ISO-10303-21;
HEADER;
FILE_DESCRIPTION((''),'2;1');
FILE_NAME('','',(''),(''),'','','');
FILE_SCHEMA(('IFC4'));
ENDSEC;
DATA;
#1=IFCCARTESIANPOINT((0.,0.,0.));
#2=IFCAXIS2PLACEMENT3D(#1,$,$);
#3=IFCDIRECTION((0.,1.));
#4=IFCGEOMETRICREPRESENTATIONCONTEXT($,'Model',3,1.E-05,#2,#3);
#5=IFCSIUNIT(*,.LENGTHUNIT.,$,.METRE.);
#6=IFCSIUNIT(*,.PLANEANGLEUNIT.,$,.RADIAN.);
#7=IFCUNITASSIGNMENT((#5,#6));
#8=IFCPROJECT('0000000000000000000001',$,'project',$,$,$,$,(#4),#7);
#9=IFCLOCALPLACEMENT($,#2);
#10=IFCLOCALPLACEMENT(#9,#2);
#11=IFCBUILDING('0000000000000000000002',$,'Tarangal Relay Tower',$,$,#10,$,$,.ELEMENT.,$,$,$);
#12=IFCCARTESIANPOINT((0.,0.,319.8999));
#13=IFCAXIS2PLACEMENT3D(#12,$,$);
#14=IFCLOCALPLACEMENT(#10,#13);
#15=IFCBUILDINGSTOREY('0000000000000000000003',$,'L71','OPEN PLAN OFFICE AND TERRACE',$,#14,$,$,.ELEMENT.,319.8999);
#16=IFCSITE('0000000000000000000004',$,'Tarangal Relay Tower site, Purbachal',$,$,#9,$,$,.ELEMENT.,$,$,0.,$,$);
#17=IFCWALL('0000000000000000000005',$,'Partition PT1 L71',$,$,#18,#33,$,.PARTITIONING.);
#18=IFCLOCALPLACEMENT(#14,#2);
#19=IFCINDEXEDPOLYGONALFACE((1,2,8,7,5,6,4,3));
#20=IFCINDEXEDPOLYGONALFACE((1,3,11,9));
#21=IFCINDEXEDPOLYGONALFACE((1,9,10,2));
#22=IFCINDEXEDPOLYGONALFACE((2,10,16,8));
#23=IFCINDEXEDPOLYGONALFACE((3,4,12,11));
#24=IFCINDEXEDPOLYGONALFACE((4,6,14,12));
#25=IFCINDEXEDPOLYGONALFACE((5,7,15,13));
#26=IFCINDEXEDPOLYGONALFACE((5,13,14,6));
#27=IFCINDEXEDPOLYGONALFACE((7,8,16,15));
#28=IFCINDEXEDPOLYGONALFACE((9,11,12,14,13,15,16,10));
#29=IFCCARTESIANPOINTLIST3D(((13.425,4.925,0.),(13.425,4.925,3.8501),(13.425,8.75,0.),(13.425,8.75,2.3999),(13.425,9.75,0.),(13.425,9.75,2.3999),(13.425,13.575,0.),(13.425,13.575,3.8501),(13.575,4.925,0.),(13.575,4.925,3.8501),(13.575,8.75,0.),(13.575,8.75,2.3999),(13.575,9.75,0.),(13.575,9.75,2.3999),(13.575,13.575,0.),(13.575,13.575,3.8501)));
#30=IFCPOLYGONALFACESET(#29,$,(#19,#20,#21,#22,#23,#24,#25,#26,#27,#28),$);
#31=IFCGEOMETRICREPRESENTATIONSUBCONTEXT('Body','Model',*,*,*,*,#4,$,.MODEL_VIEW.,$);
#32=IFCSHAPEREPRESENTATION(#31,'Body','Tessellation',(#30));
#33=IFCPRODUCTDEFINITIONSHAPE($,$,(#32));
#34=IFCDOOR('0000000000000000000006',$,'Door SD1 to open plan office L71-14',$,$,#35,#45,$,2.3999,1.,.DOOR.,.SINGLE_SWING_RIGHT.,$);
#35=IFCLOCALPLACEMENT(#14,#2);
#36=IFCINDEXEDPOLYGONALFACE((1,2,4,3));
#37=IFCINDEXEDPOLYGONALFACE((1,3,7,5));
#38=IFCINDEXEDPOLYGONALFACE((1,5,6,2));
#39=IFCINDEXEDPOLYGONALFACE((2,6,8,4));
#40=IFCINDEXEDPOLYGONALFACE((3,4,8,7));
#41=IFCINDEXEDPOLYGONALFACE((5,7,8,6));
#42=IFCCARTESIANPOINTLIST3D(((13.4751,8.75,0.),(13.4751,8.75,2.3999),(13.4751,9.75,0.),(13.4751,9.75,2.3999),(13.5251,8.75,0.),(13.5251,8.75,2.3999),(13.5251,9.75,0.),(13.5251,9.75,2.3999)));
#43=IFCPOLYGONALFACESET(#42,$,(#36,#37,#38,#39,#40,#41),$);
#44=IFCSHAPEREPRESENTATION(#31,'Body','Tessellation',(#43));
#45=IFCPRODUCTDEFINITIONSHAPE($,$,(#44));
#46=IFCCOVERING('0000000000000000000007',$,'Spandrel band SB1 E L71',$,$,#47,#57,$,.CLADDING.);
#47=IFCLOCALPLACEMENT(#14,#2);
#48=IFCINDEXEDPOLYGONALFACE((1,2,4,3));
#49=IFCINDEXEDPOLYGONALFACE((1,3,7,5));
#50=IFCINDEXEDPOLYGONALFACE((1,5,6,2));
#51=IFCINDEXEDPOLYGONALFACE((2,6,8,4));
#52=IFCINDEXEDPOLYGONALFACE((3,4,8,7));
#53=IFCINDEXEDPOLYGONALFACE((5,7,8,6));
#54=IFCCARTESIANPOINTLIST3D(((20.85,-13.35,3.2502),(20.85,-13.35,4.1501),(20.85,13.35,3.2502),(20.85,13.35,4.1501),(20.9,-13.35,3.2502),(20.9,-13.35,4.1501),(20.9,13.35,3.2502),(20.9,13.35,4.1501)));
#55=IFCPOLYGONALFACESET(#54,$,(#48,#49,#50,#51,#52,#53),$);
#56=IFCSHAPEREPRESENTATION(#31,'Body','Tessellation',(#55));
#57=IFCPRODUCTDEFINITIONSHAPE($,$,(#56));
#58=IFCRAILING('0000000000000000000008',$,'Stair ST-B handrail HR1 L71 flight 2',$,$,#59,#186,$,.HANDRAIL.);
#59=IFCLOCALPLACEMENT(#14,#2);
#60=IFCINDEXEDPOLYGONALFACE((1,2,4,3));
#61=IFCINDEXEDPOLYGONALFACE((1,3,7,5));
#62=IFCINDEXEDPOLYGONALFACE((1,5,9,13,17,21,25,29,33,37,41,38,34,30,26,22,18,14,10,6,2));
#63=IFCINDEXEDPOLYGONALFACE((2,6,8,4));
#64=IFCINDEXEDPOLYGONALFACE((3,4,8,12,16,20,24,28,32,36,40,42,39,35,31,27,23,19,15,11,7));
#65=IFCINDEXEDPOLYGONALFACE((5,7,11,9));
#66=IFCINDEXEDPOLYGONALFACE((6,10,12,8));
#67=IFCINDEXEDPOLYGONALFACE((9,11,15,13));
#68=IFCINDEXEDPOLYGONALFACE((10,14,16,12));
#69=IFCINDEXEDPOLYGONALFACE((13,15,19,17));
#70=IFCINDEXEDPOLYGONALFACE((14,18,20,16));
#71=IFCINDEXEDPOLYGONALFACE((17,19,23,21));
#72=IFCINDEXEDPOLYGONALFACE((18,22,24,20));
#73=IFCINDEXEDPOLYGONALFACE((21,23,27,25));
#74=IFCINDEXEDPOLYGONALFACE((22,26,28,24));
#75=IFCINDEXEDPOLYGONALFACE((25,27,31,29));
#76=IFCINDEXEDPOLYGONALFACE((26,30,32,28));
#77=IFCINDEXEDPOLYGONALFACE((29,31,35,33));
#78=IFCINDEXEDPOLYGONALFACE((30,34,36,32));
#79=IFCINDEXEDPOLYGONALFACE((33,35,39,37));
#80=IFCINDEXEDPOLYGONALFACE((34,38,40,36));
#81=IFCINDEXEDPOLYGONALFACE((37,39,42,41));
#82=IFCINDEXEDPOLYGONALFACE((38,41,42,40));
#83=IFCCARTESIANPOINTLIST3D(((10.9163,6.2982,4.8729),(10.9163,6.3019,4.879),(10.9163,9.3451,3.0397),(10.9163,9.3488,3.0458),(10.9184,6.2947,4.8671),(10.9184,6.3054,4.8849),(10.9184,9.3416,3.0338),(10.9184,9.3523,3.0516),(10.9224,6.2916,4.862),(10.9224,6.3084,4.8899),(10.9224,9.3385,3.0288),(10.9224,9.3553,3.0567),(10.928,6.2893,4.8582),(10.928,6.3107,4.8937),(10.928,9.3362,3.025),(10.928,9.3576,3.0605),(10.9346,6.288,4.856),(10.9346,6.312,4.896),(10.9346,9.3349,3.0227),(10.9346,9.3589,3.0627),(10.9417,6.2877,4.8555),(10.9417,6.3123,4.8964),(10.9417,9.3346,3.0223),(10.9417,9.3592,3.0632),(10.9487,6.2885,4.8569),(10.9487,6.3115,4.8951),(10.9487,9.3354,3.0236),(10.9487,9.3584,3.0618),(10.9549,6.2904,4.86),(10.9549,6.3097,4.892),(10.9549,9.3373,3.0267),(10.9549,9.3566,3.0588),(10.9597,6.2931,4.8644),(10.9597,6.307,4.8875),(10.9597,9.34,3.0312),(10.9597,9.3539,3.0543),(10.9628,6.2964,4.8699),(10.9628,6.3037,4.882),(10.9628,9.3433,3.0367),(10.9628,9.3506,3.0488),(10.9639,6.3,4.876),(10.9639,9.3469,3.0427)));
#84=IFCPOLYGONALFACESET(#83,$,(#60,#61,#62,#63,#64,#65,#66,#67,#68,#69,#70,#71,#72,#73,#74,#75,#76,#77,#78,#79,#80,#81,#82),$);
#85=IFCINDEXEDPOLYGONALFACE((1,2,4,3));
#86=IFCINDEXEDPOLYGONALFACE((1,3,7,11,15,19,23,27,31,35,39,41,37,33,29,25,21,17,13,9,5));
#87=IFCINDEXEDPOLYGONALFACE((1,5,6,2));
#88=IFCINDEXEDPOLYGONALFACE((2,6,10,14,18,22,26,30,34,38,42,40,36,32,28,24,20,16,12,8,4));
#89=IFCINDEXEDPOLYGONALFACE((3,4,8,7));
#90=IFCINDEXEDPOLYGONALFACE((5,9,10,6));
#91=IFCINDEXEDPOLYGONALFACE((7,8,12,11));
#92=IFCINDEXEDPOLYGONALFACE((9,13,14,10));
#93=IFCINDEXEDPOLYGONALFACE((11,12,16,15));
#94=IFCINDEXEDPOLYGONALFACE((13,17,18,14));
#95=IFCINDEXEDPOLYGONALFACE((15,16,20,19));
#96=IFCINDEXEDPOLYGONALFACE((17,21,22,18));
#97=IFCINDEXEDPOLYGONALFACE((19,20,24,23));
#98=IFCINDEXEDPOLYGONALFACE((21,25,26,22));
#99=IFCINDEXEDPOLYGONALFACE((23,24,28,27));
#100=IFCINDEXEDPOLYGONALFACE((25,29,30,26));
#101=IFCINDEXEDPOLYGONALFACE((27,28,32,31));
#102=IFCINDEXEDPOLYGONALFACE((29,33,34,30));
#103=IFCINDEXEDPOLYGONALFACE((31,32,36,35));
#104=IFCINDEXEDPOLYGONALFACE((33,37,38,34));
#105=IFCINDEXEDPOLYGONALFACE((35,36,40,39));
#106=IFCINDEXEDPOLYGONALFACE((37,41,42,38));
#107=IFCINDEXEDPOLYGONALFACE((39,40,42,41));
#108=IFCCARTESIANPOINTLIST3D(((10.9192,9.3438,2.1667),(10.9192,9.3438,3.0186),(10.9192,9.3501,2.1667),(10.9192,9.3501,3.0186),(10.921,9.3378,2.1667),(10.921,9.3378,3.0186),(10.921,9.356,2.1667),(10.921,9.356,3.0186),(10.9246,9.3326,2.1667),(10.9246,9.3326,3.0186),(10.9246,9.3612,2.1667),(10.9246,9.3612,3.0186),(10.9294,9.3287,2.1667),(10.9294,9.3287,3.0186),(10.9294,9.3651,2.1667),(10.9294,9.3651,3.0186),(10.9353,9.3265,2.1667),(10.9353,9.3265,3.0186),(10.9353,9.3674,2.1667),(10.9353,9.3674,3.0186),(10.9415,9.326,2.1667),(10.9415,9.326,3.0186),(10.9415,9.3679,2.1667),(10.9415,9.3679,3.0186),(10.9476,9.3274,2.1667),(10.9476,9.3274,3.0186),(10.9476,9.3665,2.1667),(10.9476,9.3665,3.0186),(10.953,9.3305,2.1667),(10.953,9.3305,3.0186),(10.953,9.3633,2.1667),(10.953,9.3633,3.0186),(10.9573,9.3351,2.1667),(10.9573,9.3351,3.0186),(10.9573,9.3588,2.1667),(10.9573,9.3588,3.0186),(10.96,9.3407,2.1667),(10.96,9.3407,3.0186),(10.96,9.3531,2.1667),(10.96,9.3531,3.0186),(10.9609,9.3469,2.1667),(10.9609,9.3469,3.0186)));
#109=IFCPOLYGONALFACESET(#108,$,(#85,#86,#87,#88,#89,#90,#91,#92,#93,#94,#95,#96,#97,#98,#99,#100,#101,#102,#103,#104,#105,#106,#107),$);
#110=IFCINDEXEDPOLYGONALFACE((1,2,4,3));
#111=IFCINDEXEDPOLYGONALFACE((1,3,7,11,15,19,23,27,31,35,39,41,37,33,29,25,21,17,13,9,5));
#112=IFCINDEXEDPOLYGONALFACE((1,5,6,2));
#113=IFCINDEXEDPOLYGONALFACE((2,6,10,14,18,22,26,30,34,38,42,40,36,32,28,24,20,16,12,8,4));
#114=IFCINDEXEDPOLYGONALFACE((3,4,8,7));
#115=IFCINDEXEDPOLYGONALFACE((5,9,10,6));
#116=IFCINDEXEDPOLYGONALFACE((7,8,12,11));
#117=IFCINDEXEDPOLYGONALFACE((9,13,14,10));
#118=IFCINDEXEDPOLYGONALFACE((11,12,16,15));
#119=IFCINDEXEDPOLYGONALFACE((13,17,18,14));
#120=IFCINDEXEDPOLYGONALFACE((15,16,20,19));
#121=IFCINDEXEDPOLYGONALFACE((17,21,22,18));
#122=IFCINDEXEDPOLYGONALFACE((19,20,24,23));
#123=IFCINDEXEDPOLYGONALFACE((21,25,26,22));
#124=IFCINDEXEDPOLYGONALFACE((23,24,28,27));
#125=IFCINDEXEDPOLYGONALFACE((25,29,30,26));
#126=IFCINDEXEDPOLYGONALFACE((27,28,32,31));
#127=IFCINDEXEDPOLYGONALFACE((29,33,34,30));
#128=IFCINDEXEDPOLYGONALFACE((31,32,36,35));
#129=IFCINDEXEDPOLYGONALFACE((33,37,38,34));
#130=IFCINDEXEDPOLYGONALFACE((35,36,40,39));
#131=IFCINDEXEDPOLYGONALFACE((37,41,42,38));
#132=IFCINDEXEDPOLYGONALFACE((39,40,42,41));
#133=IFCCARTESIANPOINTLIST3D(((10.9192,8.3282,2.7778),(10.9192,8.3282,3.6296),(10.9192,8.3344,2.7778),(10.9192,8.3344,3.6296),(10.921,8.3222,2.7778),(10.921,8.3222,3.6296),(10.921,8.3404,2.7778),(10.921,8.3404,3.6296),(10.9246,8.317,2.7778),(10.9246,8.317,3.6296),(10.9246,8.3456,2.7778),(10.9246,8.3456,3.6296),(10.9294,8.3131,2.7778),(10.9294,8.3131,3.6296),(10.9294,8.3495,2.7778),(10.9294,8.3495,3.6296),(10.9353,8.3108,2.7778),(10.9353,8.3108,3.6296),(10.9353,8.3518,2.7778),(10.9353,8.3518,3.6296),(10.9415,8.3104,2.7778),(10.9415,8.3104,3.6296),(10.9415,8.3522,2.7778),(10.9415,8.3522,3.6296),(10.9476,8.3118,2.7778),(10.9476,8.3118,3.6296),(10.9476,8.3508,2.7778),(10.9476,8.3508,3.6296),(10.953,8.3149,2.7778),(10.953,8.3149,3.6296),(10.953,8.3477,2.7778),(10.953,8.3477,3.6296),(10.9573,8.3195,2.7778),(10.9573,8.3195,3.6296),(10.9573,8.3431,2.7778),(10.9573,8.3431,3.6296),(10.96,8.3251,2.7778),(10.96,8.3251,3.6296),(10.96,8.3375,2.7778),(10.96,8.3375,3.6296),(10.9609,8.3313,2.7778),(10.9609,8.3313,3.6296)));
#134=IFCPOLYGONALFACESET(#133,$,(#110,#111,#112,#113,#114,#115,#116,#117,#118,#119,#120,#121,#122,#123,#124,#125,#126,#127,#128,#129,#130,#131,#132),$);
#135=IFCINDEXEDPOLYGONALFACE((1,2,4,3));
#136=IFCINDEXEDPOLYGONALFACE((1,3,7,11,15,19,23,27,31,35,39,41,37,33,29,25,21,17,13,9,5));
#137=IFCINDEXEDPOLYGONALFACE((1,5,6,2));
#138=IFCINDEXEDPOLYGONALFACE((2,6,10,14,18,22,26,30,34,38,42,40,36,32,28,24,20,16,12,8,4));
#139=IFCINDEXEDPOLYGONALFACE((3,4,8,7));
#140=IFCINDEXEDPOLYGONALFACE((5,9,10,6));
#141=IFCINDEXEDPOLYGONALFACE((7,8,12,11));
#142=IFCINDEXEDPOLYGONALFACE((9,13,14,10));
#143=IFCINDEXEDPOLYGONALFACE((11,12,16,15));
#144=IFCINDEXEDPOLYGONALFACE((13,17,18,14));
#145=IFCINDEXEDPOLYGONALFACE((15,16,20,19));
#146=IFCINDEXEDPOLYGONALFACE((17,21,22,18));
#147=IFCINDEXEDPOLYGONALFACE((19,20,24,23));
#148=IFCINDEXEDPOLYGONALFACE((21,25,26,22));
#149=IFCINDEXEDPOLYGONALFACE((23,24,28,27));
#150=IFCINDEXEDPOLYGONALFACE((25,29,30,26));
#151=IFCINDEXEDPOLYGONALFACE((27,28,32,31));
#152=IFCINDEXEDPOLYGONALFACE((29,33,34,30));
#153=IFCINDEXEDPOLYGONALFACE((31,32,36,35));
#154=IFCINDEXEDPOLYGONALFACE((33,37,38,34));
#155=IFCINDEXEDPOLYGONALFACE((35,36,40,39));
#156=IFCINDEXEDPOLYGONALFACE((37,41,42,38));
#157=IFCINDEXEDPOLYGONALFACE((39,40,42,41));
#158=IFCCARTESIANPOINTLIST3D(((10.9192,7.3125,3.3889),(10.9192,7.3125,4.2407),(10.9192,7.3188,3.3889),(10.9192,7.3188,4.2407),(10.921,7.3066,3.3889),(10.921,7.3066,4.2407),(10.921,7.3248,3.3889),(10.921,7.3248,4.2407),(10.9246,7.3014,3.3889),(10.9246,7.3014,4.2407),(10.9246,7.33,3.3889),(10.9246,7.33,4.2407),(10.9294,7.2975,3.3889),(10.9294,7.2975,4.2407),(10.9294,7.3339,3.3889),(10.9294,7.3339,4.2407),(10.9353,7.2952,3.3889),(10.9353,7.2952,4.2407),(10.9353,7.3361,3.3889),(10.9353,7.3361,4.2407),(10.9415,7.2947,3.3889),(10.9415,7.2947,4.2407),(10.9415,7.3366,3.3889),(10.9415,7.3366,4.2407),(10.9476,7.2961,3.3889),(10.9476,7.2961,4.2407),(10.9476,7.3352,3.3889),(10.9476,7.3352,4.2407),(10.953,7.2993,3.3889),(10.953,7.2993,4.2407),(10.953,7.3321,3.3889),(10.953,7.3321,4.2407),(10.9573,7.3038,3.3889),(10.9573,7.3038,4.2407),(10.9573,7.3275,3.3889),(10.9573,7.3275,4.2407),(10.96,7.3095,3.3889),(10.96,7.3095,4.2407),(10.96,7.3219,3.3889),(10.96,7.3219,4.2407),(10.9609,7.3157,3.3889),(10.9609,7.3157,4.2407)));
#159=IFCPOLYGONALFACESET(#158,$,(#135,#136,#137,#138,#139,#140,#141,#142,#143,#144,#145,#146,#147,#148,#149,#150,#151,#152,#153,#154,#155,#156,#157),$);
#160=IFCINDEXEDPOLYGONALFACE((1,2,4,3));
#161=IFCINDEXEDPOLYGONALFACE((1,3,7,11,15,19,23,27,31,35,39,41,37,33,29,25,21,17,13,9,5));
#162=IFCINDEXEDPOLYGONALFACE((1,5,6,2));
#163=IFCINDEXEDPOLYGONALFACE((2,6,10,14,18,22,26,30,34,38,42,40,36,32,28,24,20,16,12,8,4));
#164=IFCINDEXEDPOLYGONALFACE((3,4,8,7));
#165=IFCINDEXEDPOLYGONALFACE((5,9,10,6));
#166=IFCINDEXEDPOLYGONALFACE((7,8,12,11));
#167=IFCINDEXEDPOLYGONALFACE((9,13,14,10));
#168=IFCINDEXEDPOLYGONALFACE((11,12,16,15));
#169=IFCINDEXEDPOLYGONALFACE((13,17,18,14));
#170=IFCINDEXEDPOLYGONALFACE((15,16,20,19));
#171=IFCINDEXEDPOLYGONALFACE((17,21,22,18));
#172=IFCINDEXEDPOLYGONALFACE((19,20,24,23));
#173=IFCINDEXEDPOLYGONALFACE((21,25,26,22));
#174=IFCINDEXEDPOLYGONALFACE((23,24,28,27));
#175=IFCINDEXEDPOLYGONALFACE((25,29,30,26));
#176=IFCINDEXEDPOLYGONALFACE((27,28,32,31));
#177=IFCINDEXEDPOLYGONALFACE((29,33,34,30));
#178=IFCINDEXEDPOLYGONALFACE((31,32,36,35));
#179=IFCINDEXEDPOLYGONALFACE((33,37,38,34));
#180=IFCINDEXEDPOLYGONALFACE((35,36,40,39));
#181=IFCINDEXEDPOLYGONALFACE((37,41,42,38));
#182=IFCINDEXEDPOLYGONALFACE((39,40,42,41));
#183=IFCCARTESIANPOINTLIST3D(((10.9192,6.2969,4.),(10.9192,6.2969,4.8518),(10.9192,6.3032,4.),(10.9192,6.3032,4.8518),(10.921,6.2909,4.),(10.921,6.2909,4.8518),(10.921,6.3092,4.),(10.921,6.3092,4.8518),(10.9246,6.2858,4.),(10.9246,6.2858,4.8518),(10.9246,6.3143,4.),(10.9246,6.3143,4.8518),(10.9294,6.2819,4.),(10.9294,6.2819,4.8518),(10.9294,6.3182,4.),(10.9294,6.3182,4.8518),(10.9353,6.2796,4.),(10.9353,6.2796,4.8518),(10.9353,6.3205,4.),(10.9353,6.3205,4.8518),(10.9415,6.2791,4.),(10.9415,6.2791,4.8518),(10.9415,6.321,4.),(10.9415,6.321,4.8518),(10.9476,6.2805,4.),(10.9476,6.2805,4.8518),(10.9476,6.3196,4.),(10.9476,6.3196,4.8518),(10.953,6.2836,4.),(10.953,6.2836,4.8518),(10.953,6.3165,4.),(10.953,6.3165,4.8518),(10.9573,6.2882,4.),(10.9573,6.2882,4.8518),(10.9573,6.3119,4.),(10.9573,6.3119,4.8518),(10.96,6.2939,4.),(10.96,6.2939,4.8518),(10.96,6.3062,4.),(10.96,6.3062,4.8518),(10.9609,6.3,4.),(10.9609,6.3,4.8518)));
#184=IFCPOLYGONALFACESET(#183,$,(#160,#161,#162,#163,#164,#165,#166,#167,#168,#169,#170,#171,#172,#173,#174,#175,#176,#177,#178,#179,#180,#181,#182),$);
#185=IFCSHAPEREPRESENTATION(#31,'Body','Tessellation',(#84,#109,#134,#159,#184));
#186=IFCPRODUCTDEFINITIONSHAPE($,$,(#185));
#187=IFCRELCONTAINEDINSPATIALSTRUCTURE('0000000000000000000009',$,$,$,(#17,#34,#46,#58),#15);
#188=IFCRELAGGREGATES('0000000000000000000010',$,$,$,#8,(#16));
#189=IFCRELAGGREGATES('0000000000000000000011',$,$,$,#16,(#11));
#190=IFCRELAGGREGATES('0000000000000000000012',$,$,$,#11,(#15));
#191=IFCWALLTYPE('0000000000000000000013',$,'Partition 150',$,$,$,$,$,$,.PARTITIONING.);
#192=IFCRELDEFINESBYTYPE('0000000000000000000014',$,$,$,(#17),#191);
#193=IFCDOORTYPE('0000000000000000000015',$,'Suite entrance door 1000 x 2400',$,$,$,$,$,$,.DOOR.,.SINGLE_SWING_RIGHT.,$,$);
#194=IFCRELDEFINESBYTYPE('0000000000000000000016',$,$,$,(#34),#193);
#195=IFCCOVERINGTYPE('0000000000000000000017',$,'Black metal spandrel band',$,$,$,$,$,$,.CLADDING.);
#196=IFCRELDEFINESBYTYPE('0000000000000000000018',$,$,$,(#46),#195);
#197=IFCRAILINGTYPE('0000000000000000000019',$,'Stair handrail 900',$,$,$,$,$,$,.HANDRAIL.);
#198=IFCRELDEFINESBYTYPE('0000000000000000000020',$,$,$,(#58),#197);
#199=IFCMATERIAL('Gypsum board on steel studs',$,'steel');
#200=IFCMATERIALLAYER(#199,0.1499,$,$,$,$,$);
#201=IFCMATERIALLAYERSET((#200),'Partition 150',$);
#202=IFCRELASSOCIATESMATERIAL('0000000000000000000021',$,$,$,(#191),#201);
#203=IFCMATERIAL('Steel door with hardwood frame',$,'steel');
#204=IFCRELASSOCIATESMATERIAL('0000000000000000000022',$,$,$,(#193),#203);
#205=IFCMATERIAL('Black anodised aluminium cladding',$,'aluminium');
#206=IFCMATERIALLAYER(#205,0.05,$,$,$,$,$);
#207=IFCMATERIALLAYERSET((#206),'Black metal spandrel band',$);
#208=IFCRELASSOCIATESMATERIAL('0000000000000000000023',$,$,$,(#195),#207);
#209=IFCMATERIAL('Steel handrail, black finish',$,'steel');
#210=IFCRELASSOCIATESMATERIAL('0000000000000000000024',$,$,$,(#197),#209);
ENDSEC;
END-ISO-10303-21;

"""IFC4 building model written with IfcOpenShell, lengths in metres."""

from ifc_helpers import new_model, si_unit, direction, frame, frame_2d, origin, origin_2d, place, context, subcontext, project, spatial, rectangle, circle, extrude, material, layer, layer_set, type_object, element, fill, save


model = new_model("IFC4")

# Units and contexts
model_context = context("Model", 3, precision=1e-05, world=origin(), true_north=direction((0.0, 1.0)))
body_context = subcontext(model_context, "Body", "Model", "MODEL_VIEW")
ifc_project = project(units=[si_unit("LENGTHUNIT", "METRE"), si_unit("PLANEANGLEUNIT", "RADIAN")], contexts=[model_context])

# Site, building, storey
site_placement = place(None, origin())
site = spatial("IfcSite", under=ifc_project, at=site_placement, Name="Tarangal Relay Tower site, Purbachal", CompositionType="ELEMENT", RefElevation=0.0)
building_placement = place(site_placement, origin())
building = spatial("IfcBuilding", under=site, at=building_placement, Name="Tarangal Relay Tower", CompositionType="ELEMENT")
storey_placement = place(building_placement, frame((0.0, 0.0, 319.8999)))
storey = spatial("IfcBuildingStorey", under=building, at=storey_placement, Name="L71", Description="OPEN PLAN OFFICE AND TERRACE", CompositionType="ELEMENT", Elevation=319.8999)

# Wall, opening, door
ifc_material_1 = material(Name="Gypsum board on steel studs", Category="steel")
ifc_layer_1 = layer(ifc_material_1, 0.1499)
ifc_layer_set_1 = layer_set([ifc_layer_1], Name="Partition 150")
wall_type_1 = type_object("IfcWallType", Name="Partition 150", PredefinedType="PARTITIONING", material=ifc_layer_set_1)
wall_1_placement = place(storey_placement, frame((13.5, 4.925, 0.0), z_axis=(0.0, 0.0, 1.0), x_axis=(0.0, 1.0, 0.0)))
wall_1 = element("IfcWall", 1, at=wall_1_placement, inside=storey, type_object=wall_type_1, Name="Partition PT1 L71", PredefinedType="PARTITIONING", context=body_context, shape_type="SweptSolid", body=[
    extrude(rectangle(XDim=8.6499, YDim=0.1499, at=frame_2d((4.325, 0.0))), origin(), (0.0, 0.0, 1.0), 3.8501),
])
opening_placement = place(wall_1_placement, frame((3.825, 0.0, 0.0)))
opening = element("IfcOpeningElement", 2, at=opening_placement, cuts=wall_1, PredefinedType="OPENING", context=body_context, shape_type="SweptSolid", body=[
    extrude(rectangle(XDim=1.0, YDim=2.3999, at=frame_2d((0.5, 1.2))), frame((0.0, 0.085, 0.0), z_axis=(0.0, -1.0, 0.0), x_axis=(1.0, 0.0, 0.0)), (0.0, 0.0, 1.0), 0.1699),
])
ifc_material_2 = material(Name="Steel door with hardwood frame", Category="steel")
door_type = type_object("IfcDoorType", Name="Suite entrance door 1000 x 2400", OperationType="SINGLE_SWING_RIGHT", PredefinedType="DOOR", material=ifc_material_2)
door_placement = place(opening_placement, origin())
door = element("IfcDoor", 3, at=door_placement, inside=storey, type_object=door_type, Name="Door SD1 to open plan office L71-14", OperationType="SINGLE_SWING_RIGHT", OverallHeight=2.3999, OverallWidth=1.0, PredefinedType="DOOR", context=body_context, shape_type="SweptSolid", body=[
    extrude(rectangle(XDim=1.0, YDim=2.3999, at=frame_2d((0.5, 1.2))), frame((0.0, 0.0249, 0.0), z_axis=(0.0, -1.0, 0.0), x_axis=(1.0, 0.0, 0.0)), (0.0, 0.0, 1.0), 0.05),
])
fill(opening, door)

# Covering
ifc_material_3 = material(Name="Black anodised aluminium cladding", Category="aluminium")
ifc_layer_2 = layer(ifc_material_3, 0.05)
ifc_layer_set_2 = layer_set([ifc_layer_2], Name="Black metal spandrel band")
covering_type = type_object("IfcCoveringType", Name="Black metal spandrel band", PredefinedType="CLADDING", material=ifc_layer_set_2)
covering_placement = place(storey_placement, frame((20.875, 0.0, 3.2502), z_axis=(0.0, 0.0, 1.0), x_axis=(0.0, -1.0, 0.0)))
element("IfcCovering", 4, at=covering_placement, inside=storey, type_object=covering_type, Name="Spandrel band SB1 E L71", PredefinedType="CLADDING", context=body_context, shape_type="SweptSolid", body=[
    extrude(rectangle(XDim=26.7, YDim=0.05, at=origin_2d()), origin(), (0.0, 0.0, 1.0), 0.8999),
])

# Railing
ifc_material_4 = material(Name="Steel handrail, black finish", Category="steel")
railing_type = type_object("IfcRailingType", Name="Stair handrail 900", PredefinedType="HANDRAIL", material=ifc_material_4)
railing_placement = place(storey_placement, frame((10.9399, 9.3469, 2.1667)))
element("IfcRailing", 5, at=railing_placement, inside=storey, type_object=railing_type, Name="Stair ST-B handrail HR1 L71 flight 2", PredefinedType="HANDRAIL", context=body_context, shape_type="SweptSolid", body=[
    extrude(circle(Radius=0.0239, at=origin_2d()), frame((0.0, 0.0, 0.876), z_axis=(0.0, -0.856856, 0.515556), x_axis=(1.0, 0.0, 0.0)), (0.0, 0.0, 1.0), 3.5559),
    extrude(circle(Radius=0.021, at=origin_2d()), origin(), (0.0, 0.0, 1.0), 0.8518),
    extrude(circle(Radius=0.021, at=origin_2d()), frame((0.0, -1.0156, 0.6111)), (0.0, 0.0, 1.0), 0.8518),
    extrude(circle(Radius=0.021, at=origin_2d()), frame((0.0, -2.0312, 1.2222)), (0.0, 0.0, 1.0), 0.8518),
    extrude(circle(Radius=0.021, at=origin_2d()), frame((0.0, -3.0469, 1.8333)), (0.0, 0.0, 1.0), 0.8518),
])

save(model, "model.ifc")
